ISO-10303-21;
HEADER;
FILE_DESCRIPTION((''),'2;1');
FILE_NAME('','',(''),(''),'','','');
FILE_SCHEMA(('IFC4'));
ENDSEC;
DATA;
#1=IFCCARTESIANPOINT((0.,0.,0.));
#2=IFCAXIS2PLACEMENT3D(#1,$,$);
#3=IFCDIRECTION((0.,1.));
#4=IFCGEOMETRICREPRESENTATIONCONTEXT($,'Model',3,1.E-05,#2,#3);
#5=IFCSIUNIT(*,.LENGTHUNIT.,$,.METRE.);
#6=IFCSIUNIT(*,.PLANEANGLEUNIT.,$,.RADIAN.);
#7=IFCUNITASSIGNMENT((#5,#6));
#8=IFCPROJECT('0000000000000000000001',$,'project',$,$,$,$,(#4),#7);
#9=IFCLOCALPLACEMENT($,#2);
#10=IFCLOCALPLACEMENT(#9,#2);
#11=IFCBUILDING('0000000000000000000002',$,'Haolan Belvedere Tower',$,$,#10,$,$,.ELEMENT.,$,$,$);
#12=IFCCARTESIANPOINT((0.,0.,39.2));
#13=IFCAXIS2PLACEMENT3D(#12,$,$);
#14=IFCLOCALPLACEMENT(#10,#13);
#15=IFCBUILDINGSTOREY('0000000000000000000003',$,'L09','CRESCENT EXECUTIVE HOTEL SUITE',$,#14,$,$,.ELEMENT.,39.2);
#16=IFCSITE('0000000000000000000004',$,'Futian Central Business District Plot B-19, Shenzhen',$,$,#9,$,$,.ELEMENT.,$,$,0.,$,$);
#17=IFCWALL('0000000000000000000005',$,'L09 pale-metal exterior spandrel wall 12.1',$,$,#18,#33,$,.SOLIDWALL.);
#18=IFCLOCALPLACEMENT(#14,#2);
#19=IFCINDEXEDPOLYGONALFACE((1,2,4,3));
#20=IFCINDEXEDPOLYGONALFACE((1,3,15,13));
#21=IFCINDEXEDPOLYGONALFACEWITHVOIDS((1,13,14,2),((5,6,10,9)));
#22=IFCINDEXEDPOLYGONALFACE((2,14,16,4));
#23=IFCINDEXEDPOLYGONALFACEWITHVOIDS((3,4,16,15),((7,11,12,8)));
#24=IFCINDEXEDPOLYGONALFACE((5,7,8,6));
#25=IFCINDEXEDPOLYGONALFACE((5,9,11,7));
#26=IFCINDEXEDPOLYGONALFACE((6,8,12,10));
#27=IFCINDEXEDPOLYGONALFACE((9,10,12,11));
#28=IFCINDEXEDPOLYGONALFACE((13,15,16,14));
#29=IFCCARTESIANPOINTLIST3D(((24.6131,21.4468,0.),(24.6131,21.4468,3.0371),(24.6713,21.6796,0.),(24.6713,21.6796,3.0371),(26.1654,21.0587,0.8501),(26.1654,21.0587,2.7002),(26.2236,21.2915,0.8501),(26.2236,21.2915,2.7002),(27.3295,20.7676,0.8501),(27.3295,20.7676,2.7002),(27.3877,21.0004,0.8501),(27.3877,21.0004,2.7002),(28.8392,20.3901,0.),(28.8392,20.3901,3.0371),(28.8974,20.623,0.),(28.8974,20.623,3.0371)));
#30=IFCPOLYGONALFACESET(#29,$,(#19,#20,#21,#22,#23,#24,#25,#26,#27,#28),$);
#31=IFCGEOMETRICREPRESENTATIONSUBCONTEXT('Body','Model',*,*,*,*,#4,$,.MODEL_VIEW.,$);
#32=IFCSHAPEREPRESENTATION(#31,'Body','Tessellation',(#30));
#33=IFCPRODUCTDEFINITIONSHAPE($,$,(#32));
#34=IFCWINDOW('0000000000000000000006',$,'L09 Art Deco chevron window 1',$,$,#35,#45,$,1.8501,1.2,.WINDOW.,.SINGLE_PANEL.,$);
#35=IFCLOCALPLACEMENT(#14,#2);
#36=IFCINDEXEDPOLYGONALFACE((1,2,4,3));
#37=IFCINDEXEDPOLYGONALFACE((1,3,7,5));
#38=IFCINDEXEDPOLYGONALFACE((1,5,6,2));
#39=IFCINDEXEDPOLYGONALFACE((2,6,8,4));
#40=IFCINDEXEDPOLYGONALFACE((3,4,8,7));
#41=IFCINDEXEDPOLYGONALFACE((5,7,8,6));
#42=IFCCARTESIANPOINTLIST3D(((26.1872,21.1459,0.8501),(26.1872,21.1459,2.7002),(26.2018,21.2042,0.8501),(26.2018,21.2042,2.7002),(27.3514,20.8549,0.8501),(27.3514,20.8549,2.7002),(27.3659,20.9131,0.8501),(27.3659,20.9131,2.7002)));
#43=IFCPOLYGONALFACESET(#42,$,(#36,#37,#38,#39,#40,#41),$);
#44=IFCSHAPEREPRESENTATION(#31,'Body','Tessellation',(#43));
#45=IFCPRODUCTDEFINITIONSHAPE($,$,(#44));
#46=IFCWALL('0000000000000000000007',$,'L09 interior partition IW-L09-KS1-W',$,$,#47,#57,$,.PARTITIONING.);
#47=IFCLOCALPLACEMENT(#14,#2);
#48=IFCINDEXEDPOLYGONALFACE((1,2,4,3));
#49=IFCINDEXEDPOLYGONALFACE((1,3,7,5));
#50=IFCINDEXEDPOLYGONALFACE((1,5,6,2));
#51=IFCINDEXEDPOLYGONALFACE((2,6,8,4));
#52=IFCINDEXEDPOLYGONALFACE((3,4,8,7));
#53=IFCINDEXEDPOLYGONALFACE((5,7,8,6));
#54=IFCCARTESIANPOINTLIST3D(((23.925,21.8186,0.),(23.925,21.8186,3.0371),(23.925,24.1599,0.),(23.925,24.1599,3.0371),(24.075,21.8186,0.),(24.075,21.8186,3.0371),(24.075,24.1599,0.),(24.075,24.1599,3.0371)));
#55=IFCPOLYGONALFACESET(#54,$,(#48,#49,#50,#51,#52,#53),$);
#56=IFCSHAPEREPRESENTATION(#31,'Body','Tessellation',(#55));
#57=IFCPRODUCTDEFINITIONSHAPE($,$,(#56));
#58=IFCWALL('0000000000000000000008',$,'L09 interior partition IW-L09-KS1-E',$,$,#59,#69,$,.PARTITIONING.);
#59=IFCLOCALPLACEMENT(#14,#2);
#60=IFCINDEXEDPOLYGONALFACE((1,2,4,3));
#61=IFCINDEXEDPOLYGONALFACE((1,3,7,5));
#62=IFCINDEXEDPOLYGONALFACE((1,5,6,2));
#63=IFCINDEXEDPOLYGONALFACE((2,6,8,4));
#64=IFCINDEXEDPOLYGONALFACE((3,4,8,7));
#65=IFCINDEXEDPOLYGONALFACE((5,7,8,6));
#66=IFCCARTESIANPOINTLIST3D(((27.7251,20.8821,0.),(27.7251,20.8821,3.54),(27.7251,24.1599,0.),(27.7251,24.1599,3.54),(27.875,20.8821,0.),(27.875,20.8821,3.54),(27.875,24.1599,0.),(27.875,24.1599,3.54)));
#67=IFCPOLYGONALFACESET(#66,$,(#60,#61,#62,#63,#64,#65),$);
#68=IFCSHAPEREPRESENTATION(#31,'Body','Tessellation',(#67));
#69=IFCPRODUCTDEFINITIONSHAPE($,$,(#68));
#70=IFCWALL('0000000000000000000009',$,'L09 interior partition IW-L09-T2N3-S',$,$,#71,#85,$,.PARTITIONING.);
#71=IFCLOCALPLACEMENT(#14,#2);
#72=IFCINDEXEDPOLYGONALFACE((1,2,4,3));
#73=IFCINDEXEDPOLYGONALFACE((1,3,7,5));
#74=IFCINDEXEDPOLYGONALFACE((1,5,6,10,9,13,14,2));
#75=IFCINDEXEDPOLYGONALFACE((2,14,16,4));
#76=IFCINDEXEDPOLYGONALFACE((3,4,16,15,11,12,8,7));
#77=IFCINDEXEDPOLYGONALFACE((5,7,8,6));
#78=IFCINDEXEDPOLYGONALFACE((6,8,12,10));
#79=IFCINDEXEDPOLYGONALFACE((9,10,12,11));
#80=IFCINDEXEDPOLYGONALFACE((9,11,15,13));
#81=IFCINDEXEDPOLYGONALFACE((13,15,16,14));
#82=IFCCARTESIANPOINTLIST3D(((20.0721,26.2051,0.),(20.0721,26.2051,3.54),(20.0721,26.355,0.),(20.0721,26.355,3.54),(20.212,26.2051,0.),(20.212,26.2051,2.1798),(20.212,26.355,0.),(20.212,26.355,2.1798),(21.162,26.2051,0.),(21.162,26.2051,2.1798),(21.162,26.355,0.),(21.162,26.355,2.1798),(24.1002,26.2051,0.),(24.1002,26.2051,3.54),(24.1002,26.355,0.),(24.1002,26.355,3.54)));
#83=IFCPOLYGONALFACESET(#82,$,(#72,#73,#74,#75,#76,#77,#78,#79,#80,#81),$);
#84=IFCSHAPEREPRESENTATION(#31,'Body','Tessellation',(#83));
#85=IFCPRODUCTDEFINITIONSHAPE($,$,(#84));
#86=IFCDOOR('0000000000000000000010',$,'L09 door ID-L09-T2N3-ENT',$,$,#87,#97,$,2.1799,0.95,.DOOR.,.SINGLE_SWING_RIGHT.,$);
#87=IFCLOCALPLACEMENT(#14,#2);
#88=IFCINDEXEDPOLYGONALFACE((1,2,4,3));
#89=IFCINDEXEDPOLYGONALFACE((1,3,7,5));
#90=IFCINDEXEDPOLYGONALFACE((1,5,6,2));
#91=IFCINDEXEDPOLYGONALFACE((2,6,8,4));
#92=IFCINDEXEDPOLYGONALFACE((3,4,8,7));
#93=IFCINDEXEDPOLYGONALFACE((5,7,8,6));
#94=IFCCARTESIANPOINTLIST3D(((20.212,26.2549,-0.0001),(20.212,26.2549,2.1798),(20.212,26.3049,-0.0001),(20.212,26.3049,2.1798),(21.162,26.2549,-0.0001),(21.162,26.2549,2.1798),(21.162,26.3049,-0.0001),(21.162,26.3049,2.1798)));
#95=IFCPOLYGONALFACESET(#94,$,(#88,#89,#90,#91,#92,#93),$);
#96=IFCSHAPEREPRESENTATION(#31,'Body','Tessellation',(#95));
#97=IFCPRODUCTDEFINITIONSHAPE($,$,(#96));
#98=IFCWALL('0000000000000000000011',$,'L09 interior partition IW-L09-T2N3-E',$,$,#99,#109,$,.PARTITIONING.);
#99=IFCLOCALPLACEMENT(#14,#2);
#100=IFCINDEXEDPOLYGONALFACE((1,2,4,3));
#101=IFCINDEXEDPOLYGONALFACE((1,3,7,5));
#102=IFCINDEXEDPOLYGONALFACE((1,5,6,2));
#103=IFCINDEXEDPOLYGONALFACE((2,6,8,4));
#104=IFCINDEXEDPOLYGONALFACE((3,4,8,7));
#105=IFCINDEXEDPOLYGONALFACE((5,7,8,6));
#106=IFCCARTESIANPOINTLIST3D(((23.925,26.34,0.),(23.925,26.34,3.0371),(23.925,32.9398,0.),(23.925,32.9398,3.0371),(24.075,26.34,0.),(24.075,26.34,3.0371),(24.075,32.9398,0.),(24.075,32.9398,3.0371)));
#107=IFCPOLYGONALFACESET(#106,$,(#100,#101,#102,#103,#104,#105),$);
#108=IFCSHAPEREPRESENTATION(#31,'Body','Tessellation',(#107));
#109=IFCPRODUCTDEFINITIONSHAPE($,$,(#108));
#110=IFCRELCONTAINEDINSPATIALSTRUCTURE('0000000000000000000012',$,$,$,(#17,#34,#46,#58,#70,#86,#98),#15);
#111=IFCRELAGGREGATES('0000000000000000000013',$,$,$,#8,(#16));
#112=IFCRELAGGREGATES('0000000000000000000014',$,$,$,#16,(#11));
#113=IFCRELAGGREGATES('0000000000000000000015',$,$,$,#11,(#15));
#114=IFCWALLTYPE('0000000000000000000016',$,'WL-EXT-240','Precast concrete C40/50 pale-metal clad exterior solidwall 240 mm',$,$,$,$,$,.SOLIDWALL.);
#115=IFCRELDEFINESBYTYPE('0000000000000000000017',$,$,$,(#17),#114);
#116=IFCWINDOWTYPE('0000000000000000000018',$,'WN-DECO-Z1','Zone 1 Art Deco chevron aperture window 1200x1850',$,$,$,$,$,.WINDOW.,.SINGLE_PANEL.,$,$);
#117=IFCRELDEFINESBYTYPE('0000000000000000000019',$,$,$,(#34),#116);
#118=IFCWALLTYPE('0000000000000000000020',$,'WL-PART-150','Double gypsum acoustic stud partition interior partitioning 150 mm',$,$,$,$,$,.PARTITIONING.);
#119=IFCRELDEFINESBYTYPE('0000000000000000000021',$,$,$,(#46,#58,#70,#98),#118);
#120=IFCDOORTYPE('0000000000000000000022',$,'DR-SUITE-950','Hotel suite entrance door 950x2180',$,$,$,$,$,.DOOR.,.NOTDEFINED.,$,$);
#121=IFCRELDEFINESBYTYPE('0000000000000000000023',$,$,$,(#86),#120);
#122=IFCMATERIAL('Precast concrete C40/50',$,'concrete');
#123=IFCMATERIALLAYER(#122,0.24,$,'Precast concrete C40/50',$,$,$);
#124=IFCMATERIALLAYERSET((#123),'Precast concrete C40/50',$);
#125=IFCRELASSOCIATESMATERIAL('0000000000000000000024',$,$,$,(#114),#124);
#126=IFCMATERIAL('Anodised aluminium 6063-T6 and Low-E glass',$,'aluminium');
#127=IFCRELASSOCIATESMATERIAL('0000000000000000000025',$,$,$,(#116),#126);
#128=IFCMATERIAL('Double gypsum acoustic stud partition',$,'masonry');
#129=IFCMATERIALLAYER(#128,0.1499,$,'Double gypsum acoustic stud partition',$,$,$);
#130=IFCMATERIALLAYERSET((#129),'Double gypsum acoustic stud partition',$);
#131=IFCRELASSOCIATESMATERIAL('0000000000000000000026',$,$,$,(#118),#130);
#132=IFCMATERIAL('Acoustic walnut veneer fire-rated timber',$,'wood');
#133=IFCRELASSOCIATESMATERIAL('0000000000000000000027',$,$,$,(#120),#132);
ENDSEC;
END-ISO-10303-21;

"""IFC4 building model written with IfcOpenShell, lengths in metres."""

from ifc_helpers import new_model, si_unit, direction, frame, frame_2d, origin, place, context, subcontext, project, spatial, rectangle, extrude, material, layer, layer_set, type_object, element, fill, save


model = new_model("IFC4")

# Units and contexts
model_context = context("Model", 3, precision=1e-05, world=origin(), true_north=direction((0.0, 1.0)))
body_context = subcontext(model_context, "Body", "Model", "MODEL_VIEW")
ifc_project = project(units=[si_unit("LENGTHUNIT", "METRE"), si_unit("PLANEANGLEUNIT", "RADIAN")], contexts=[model_context])

# Site, building, storey
site_placement = place(None, origin())
site = spatial("IfcSite", under=ifc_project, at=site_placement, Name="Futian Central Business District Plot B-19, Shenzhen", CompositionType="ELEMENT", RefElevation=0.0)
building_placement = place(site_placement, origin())
building = spatial("IfcBuilding", under=site, at=building_placement, Name="Haolan Belvedere Tower", CompositionType="ELEMENT")
storey_placement = place(building_placement, frame((0.0, 0.0, 39.2)))
storey = spatial("IfcBuildingStorey", under=building, at=storey_placement, Name="L09", Description="CRESCENT EXECUTIVE HOTEL SUITE", CompositionType="ELEMENT", Elevation=39.2)

# Wall, opening, window
ifc_material_1 = material(Name="Precast concrete C40/50", Category="concrete")
ifc_layer_1 = layer(ifc_material_1, 0.24, Name="Precast concrete C40/50")
ifc_layer_set_1 = layer_set([ifc_layer_1], Name="Precast concrete C40/50")
wall_type_1 = type_object("IfcWallType", Name="WL-EXT-240", Description="Precast concrete C40/50 pale-metal clad exterior solidwall 240 mm", PredefinedType="SOLIDWALL", material=ifc_layer_set_1)
wall_1_placement = place(storey_placement, frame((24.6421, 21.5632, 0.0), z_axis=(0.0, 0.0, 1.0), x_axis=(0.970136, -0.242562, 0.0)))
wall_1 = element("IfcWall", 1, at=wall_1_placement, inside=storey, type_object=wall_type_1, Name="L09 pale-metal exterior spandrel wall 12.1", PredefinedType="SOLIDWALL", context=body_context, shape_type="SweptSolid", body=[
    extrude(rectangle(XDim=4.3562, YDim=0.24, at=frame_2d((2.1782, 0.0))), origin(), (0.0, 0.0, 1.0), 3.0371),
])
opening_1_placement = place(wall_1_placement, frame((1.6001, 0.0, 0.8501)))
opening_1 = element("IfcOpeningElement", 2, at=opening_1_placement, cuts=wall_1, PredefinedType="OPENING", context=body_context, shape_type="SweptSolid", body=[
    extrude(rectangle(XDim=1.2, YDim=1.8501, at=frame_2d((0.6001, 0.925))), frame((0.0, 0.1299, 0.0), z_axis=(0.0, -1.0, 0.0), x_axis=(1.0, 0.0, 0.0)), (0.0, 0.0, 1.0), 0.26),
])
ifc_material_2 = material(Name="Anodised aluminium 6063-T6 and Low-E glass", Category="aluminium")
window_type = type_object("IfcWindowType", Name="WN-DECO-Z1", Description="Zone 1 Art Deco chevron aperture window 1200x1850", PartitioningType="SINGLE_PANEL", PredefinedType="WINDOW", material=ifc_material_2)
window_placement = place(opening_1_placement, origin())
window = element("IfcWindow", 3, at=window_placement, inside=storey, type_object=window_type, Name="L09 Art Deco chevron window 1", OverallHeight=1.8501, OverallWidth=1.2, PartitioningType="SINGLE_PANEL", PredefinedType="WINDOW", context=body_context, shape_type="SweptSolid", body=[
    extrude(rectangle(XDim=1.2, YDim=1.8501, at=frame_2d((0.6001, 0.925))), frame((0.0, 0.03, 0.0), z_axis=(0.0, -1.0, 0.0), x_axis=(1.0, 0.0, 0.0)), (0.0, 0.0, 1.0), 0.0601),
])
fill(opening_1, window)

# Shared definitions
ifc_material_3 = material(Name="Double gypsum acoustic stud partition", Category="masonry")
ifc_layer_2 = layer(ifc_material_3, 0.1499, Name="Double gypsum acoustic stud partition")
ifc_layer_set_2 = layer_set([ifc_layer_2], Name="Double gypsum acoustic stud partition")
wall_type_2 = type_object("IfcWallType", Name="WL-PART-150", Description="Double gypsum acoustic stud partition interior partitioning 150 mm", PredefinedType="PARTITIONING", material=ifc_layer_set_2)

# Walls
wall_2_placement = place(storey_placement, frame((24.0, 21.8186, 0.0), z_axis=(0.0, 0.0, 1.0), x_axis=(0.0, 1.0, 0.0)))
element("IfcWall", 4, at=wall_2_placement, inside=storey, type_object=wall_type_2, Name="L09 interior partition IW-L09-KS1-W", PredefinedType="PARTITIONING", context=body_context, shape_type="SweptSolid", body=[
    extrude(rectangle(XDim=2.3413, YDim=0.1499, at=frame_2d((1.1707, 0.0))), origin(), (0.0, 0.0, 1.0), 3.0371),
])
wall_3_placement = place(storey_placement, frame((27.8, 20.8821, 0.0), z_axis=(0.0, 0.0, 1.0), x_axis=(0.0, 1.0, 0.0)))
element("IfcWall", 5, at=wall_3_placement, inside=storey, type_object=wall_type_2, Name="L09 interior partition IW-L09-KS1-E", PredefinedType="PARTITIONING", context=body_context, shape_type="SweptSolid", body=[
    extrude(rectangle(XDim=3.2778, YDim=0.1499, at=frame_2d((1.6389, 0.0))), origin(), (0.0, 0.0, 1.0), 3.54),
])

# Wall, opening, door
wall_4_placement = place(storey_placement, frame((20.072, 26.28, 0.0), z_axis=(0.0, 0.0, 1.0), x_axis=(1.0, 0.0, 0.0)))
wall_4 = element("IfcWall", 6, at=wall_4_placement, inside=storey, type_object=wall_type_2, Name="L09 interior partition IW-L09-T2N3-S", PredefinedType="PARTITIONING", context=body_context, shape_type="SweptSolid", body=[
    extrude(rectangle(XDim=4.0281, YDim=0.1499, at=frame_2d((2.0142, 0.0))), origin(), (0.0, 0.0, 1.0), 3.54),
])
opening_2_placement = place(wall_4_placement, frame((0.1399, 0.0, 0.0)))
opening_2 = element("IfcOpeningElement", 7, at=opening_2_placement, cuts=wall_4, PredefinedType="OPENING", context=body_context, shape_type="SweptSolid", body=[
    extrude(rectangle(XDim=0.95, YDim=2.1799, at=frame_2d((0.4751, 1.0898))), frame((0.0, 0.085, 0.0), z_axis=(0.0, -1.0, 0.0), x_axis=(1.0, 0.0, 0.0)), (0.0, 0.0, 1.0), 0.1699),
])
ifc_material_4 = material(Name="Acoustic walnut veneer fire-rated timber", Category="wood")
door_type_1 = type_object("IfcDoorType", Name="DR-SUITE-950", Description="Hotel suite entrance door 950x2180", OperationType="NOTDEFINED", PredefinedType="DOOR", material=ifc_material_4)
door_1_placement = place(opening_2_placement, origin())
door_1 = element("IfcDoor", 8, at=door_1_placement, inside=storey, type_object=door_type_1, Name="L09 door ID-L09-T2N3-ENT", OperationType="SINGLE_SWING_RIGHT", OverallHeight=2.1799, OverallWidth=0.95, PredefinedType="DOOR", context=body_context, shape_type="SweptSolid", body=[
    extrude(rectangle(XDim=0.95, YDim=2.1799, at=frame_2d((0.4751, 1.0898))), frame((0.0, 0.0249, 0.0), z_axis=(0.0, -1.0, 0.0), x_axis=(1.0, 0.0, 0.0)), (0.0, 0.0, 1.0), 0.05),
])
fill(opening_2, door_1)

# Wall
wall_5_placement = place(storey_placement, frame((24.0, 26.3401, 0.0), z_axis=(0.0, 0.0, 1.0), x_axis=(0.0, 1.0, 0.0)))
element("IfcWall", 9, at=wall_5_placement, inside=storey, type_object=wall_type_2, Name="L09 interior partition IW-L09-T2N3-E", PredefinedType="PARTITIONING", context=body_context, shape_type="SweptSolid", body=[
    extrude(rectangle(XDim=6.5999, YDim=0.1499, at=frame_2d((3.2998, 0.0))), origin(), (0.0, 0.0, 1.0), 3.0371),
])

save(model, "model.ifc")
